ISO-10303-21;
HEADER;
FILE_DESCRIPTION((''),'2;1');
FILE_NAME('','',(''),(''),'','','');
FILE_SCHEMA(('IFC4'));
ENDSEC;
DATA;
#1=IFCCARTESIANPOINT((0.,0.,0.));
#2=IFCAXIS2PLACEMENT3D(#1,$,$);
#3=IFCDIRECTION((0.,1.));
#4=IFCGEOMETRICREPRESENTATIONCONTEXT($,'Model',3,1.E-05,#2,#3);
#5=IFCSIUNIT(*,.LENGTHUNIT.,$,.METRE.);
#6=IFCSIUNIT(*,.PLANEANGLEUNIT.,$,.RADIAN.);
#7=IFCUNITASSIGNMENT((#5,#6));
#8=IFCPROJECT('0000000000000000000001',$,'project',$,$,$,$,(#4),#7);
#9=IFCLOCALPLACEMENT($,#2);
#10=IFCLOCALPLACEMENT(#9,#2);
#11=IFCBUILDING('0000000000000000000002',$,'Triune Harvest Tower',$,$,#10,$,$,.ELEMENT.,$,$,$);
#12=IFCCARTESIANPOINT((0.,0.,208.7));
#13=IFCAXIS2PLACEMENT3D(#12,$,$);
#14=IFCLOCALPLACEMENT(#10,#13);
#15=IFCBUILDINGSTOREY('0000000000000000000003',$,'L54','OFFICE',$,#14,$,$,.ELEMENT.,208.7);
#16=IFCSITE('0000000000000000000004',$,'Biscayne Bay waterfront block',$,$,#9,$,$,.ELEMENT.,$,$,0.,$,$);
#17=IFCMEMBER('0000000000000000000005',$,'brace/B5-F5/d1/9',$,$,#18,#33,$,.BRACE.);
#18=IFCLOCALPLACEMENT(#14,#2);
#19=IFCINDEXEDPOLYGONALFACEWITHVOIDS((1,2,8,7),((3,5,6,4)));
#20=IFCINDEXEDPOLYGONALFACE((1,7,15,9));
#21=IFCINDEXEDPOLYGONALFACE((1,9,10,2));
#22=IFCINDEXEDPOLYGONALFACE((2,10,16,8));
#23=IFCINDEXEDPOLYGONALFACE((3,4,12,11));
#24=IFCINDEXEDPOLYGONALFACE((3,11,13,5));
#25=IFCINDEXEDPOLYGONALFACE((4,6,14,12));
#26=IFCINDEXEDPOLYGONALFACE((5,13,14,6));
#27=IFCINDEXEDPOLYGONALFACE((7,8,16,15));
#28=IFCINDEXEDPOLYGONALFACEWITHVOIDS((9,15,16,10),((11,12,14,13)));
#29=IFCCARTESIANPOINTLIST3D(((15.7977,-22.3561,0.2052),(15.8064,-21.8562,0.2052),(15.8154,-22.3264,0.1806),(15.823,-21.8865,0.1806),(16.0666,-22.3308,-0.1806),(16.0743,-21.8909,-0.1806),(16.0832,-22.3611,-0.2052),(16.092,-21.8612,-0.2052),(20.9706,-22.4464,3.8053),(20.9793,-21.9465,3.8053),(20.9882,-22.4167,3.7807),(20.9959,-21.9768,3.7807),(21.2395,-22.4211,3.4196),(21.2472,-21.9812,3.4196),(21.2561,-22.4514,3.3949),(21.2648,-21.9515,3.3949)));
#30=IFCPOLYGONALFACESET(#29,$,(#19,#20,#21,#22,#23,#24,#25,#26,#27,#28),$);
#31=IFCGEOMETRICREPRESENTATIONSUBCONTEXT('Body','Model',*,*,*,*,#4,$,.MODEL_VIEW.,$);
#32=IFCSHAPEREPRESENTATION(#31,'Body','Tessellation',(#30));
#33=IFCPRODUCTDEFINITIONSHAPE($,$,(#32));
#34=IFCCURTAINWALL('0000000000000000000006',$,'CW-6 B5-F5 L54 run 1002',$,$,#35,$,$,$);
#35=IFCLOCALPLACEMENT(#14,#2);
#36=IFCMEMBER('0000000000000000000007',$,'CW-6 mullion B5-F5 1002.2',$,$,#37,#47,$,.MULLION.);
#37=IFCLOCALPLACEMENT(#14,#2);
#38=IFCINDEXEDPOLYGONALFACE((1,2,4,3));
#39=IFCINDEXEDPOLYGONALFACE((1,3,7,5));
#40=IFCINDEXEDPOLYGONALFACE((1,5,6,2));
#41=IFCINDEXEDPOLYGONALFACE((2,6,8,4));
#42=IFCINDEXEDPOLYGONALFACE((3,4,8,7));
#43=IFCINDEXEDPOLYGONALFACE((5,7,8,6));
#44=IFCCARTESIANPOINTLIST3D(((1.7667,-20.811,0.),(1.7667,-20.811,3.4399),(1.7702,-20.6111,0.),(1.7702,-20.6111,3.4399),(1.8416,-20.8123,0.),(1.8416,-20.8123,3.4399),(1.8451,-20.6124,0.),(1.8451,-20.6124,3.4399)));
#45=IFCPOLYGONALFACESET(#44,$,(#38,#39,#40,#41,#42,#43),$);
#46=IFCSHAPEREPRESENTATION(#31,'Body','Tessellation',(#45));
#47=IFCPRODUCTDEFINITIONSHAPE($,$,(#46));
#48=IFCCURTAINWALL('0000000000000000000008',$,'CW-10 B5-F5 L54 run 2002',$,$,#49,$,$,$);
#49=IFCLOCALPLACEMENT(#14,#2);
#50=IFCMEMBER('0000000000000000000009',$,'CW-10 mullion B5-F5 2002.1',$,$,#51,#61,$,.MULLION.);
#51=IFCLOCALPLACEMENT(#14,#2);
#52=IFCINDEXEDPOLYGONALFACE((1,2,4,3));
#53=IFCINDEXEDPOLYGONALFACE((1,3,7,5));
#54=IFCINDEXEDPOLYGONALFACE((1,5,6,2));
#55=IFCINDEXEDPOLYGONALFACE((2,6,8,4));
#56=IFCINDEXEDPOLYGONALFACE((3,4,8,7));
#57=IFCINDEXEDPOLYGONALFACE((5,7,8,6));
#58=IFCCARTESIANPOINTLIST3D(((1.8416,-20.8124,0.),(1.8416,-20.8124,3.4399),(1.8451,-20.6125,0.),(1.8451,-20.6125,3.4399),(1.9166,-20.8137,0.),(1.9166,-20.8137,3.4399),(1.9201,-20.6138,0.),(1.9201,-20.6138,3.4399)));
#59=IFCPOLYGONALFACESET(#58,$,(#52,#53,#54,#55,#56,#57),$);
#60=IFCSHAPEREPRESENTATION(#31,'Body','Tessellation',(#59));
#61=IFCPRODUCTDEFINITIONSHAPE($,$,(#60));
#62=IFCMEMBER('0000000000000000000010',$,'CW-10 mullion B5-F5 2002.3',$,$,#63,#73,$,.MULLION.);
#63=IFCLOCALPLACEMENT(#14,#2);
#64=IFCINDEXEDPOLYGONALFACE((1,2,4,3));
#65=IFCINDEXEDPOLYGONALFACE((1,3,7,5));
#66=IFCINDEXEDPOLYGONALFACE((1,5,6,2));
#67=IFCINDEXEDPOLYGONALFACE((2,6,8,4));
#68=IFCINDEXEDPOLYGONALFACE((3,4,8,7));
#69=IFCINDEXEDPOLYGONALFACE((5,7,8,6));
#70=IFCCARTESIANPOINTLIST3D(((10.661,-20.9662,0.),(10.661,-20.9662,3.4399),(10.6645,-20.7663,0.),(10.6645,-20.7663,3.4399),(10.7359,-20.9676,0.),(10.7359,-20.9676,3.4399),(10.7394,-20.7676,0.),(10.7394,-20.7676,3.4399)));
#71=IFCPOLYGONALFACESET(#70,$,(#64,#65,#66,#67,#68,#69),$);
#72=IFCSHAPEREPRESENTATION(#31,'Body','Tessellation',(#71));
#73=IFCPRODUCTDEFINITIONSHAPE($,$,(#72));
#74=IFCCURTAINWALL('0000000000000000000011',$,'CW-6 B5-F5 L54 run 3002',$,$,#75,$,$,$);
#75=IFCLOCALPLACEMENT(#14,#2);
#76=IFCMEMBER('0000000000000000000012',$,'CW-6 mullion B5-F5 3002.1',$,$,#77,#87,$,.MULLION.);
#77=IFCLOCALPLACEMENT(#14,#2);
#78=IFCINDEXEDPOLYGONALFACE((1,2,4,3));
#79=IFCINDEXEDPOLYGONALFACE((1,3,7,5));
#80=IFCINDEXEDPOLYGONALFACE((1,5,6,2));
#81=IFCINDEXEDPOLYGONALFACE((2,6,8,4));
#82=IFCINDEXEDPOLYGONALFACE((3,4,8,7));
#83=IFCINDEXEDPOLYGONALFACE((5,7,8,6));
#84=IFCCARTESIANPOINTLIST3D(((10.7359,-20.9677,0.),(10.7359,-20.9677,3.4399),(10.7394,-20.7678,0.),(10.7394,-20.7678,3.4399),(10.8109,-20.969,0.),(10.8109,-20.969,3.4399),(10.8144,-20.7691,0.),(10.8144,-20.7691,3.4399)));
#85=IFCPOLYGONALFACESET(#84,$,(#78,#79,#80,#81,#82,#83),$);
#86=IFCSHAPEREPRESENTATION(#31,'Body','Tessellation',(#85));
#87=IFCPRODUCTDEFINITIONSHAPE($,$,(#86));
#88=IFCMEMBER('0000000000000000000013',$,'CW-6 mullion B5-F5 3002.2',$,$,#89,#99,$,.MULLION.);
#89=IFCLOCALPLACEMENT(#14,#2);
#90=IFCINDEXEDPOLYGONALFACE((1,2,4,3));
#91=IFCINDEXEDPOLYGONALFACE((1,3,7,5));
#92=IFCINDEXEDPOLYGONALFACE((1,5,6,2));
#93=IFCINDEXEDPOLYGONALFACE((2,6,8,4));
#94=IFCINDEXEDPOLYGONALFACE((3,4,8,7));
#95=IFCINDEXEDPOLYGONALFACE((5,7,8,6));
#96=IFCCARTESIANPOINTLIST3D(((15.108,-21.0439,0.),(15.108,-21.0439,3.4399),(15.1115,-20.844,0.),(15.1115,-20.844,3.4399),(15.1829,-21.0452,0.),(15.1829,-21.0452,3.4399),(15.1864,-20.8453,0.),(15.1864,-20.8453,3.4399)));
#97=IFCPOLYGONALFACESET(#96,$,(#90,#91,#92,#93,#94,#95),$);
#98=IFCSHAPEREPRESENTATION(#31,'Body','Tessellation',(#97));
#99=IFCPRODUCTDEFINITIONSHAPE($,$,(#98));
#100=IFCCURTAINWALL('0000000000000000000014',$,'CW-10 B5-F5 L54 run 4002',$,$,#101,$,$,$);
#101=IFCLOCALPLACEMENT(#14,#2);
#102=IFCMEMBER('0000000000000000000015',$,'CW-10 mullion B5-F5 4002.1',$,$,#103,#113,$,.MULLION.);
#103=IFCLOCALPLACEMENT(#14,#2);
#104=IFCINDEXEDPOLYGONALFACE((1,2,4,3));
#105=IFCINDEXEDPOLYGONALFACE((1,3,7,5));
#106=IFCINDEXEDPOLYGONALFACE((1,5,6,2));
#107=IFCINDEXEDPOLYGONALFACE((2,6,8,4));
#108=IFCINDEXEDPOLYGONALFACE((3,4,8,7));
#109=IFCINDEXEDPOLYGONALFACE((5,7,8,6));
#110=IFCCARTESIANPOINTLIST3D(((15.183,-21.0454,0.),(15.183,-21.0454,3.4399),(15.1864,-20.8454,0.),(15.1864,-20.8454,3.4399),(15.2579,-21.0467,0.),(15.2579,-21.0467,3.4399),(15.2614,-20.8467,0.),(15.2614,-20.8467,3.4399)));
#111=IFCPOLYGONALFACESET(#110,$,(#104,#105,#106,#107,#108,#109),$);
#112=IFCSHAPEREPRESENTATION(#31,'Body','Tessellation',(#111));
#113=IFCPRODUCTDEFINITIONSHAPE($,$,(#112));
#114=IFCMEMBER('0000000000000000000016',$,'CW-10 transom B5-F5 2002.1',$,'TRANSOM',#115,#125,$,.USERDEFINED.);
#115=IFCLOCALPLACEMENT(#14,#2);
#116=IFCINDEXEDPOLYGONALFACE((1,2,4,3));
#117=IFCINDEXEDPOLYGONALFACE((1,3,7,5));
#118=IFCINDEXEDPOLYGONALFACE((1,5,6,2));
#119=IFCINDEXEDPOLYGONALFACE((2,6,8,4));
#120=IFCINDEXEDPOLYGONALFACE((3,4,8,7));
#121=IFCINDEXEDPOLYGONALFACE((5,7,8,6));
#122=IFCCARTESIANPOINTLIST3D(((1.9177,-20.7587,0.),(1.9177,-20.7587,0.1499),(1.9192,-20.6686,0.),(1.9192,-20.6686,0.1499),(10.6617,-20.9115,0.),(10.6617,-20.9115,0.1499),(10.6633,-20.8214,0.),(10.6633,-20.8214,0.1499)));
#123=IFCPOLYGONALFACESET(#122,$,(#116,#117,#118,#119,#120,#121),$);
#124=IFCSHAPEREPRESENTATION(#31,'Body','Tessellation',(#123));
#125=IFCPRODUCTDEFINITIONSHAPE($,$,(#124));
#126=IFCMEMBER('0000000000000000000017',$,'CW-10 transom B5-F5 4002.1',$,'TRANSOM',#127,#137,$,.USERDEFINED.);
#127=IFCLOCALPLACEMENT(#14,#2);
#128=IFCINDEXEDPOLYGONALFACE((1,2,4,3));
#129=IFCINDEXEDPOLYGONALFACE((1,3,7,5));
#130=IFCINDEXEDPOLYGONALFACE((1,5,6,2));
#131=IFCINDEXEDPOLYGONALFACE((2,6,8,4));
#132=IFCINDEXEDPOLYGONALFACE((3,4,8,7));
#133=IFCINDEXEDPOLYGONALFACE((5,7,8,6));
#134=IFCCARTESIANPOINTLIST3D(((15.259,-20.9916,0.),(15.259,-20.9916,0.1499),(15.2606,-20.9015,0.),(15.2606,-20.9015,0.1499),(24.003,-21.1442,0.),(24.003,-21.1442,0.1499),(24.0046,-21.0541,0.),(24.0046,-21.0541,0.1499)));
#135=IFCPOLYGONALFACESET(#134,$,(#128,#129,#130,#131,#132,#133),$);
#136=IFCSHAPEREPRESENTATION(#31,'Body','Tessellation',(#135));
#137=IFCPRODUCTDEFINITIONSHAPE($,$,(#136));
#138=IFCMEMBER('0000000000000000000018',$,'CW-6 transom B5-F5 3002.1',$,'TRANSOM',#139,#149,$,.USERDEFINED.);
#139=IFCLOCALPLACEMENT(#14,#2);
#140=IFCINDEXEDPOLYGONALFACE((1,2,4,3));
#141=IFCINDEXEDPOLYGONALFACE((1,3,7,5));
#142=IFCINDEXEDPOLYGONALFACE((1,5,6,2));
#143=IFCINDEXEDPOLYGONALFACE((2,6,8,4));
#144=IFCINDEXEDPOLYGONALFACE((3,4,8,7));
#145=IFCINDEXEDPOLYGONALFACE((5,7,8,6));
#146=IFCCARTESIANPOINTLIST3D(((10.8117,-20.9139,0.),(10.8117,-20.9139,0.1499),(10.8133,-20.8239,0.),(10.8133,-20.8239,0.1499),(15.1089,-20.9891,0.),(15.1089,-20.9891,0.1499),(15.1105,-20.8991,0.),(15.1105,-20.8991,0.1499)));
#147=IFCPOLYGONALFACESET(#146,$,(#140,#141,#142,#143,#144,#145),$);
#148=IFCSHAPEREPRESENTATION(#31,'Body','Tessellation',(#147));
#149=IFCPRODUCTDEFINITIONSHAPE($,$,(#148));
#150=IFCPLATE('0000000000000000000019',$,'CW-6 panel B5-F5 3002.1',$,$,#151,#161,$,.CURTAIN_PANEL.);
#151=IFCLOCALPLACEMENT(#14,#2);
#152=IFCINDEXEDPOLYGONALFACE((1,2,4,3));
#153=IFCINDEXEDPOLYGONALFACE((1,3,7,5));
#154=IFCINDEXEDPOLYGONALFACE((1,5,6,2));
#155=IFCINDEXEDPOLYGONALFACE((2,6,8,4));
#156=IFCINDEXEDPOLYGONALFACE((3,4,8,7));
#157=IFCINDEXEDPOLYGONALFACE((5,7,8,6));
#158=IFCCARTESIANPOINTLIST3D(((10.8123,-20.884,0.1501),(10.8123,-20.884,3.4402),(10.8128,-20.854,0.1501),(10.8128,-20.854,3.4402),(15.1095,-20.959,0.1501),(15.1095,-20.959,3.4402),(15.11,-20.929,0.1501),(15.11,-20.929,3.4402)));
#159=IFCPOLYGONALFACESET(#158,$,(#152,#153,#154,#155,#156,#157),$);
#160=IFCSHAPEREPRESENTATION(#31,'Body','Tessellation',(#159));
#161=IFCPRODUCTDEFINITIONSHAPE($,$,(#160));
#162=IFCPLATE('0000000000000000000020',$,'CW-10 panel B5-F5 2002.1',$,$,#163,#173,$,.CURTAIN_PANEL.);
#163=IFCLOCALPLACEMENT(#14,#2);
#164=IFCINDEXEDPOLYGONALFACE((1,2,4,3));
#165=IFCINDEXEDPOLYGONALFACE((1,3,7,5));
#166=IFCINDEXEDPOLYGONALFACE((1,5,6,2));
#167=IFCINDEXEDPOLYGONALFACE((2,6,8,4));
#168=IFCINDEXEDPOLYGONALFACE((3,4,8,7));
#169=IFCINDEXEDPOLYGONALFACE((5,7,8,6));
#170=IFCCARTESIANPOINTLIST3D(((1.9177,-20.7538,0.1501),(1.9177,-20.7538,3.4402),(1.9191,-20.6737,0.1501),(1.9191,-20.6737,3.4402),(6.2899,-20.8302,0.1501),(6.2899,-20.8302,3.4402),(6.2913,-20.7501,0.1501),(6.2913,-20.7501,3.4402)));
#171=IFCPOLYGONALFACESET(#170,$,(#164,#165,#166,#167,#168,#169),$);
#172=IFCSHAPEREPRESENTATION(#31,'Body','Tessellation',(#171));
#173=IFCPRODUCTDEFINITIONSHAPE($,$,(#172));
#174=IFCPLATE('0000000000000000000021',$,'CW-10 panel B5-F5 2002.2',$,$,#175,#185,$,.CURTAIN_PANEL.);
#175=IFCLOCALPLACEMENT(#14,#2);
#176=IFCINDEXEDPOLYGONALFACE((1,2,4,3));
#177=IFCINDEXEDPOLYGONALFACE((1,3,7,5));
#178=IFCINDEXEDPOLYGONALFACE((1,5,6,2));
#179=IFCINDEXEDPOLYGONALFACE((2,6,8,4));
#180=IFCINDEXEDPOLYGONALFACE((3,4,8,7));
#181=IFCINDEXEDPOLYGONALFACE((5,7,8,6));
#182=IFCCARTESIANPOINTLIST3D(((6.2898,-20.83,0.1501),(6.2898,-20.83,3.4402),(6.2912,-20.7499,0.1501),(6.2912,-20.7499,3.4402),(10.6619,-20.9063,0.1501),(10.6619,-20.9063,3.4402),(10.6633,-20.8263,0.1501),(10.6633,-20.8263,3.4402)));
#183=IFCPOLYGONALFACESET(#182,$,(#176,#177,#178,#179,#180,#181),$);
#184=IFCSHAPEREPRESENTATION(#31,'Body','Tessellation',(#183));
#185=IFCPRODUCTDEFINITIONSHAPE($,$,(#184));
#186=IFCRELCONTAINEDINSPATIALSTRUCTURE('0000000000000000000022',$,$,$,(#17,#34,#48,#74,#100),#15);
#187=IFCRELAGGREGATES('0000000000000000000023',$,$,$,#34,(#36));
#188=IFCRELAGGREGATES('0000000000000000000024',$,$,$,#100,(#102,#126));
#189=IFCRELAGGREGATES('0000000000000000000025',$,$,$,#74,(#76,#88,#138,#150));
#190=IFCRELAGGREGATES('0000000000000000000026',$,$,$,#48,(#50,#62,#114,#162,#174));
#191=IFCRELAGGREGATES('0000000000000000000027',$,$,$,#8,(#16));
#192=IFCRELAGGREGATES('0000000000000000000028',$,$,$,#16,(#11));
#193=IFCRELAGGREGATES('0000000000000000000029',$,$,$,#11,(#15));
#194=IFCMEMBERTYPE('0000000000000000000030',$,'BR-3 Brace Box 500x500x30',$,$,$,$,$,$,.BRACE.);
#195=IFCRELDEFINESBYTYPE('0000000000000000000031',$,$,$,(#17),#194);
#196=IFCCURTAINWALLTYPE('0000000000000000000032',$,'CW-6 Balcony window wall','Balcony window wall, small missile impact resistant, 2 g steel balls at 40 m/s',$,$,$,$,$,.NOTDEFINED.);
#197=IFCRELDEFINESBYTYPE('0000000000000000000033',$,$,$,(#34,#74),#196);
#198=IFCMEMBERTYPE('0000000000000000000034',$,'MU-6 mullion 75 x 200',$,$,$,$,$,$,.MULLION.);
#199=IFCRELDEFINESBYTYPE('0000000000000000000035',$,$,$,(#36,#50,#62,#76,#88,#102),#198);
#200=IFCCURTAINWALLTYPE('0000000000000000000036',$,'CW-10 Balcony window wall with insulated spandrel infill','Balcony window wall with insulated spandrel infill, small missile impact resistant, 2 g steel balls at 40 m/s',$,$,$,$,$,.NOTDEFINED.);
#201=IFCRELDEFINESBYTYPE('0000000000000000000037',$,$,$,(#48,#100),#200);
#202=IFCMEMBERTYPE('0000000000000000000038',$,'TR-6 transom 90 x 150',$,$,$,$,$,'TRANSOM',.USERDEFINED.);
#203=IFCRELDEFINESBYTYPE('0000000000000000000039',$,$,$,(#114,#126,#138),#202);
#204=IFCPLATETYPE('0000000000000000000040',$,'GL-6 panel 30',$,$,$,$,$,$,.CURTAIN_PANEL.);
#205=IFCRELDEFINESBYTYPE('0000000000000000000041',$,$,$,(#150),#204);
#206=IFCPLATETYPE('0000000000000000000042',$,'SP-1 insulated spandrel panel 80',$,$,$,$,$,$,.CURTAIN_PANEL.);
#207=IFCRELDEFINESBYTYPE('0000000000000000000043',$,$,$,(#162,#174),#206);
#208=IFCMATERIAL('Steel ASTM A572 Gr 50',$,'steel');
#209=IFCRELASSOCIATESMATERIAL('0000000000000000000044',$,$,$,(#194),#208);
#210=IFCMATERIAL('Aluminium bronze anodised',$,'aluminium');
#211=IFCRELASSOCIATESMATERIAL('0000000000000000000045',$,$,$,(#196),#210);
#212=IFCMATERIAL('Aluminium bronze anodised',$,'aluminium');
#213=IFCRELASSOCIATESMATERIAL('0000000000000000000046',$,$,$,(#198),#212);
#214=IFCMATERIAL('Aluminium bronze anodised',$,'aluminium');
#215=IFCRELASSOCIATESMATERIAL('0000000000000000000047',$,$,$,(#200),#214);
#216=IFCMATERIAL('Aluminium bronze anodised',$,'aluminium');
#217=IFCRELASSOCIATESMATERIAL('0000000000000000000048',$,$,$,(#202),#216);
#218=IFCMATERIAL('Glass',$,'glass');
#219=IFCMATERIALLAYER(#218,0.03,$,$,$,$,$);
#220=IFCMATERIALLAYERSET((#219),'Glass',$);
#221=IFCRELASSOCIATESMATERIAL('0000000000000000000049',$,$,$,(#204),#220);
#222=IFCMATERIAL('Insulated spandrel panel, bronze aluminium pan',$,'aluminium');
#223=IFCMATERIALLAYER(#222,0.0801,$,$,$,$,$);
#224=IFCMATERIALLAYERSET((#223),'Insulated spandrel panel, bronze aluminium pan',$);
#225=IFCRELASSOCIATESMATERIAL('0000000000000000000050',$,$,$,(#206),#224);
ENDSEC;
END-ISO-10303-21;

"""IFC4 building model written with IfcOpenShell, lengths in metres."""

from ifc_helpers import new_model, si_unit, direction, frame, origin, origin_2d, place, context, subcontext, project, spatial, rectangle, hollow_rectangle, extrude, source, transform, mapped, material, layer, layer_set, material_profile, profile_set, type_object, element, aggregate, save


model = new_model("IFC4")

# Units and contexts
model_context = context("Model", 3, precision=1e-05, world=origin(), true_north=direction((0.0, 1.0)))
body_context = subcontext(model_context, "Body", "Model", "MODEL_VIEW")
ifc_project = project(units=[si_unit("LENGTHUNIT", "METRE"), si_unit("PLANEANGLEUNIT", "RADIAN")], contexts=[model_context])

# Site, building, storey
site_placement = place(None, origin())
site = spatial("IfcSite", under=ifc_project, at=site_placement, Name="Biscayne Bay waterfront block", CompositionType="ELEMENT", RefElevation=0.0)
building_placement = place(site_placement, origin())
building = spatial("IfcBuilding", under=site, at=building_placement, Name="Triune Harvest Tower", CompositionType="ELEMENT")
storey_placement = place(building_placement, frame((0.0, 0.0, 208.7)))
storey = spatial("IfcBuildingStorey", under=building, at=storey_placement, Name="L54", Description="OFFICE", CompositionType="ELEMENT", Elevation=208.7)

# Member
ifc_material_1 = material(Name="Steel ASTM A572 Gr 50", Category="steel")
ifc_material_profile_1 = material_profile(ifc_material_1, hollow_rectangle(XDim=0.5, YDim=0.5, WallThickness=0.03, at=origin_2d()), Name="Box 500x500x30")
ifc_profile_set_1 = profile_set([ifc_material_profile_1], Name="Steel ASTM A572 Gr 50")
member_type_1 = type_object("IfcMemberType", Name="BR-3 Brace Box 500x500x30", PredefinedType="BRACE", material=ifc_profile_set_1)
shared_shape_1 = source(origin(), body_context, "Body", "SweptSolid", [
    extrude(hollow_rectangle(XDim=0.5, YDim=0.5, WallThickness=0.03, at=origin_2d()), origin(), (0.0, 0.0, 1.0), 6.303),
])
member_1_placement = place(storey_placement, frame((15.9448, -22.1086, 0.0), z_axis=(0.820702, -0.014332, 0.571176), x_axis=(0.01746, 0.999848, 0.0)))
element("IfcMember", 1, at=member_1_placement, inside=storey, type_object=member_type_1, Name="brace/B5-F5/d1/9", PredefinedType="BRACE", context=body_context, shape_type="MappedRepresentation", body=[
    mapped(shared_shape_1, transform((0.0, 0.0, 0.0), scale=1.0)),
])

# Curtain wall, member
ifc_material_2 = material(Name="Aluminium bronze anodised", Category="aluminium")
curtain_wall_type_1 = type_object("IfcCurtainWallType", Name="CW-6 Balcony window wall", Description="Balcony window wall, small missile impact resistant, 2 g steel balls at 40 m/s", PredefinedType="NOTDEFINED", material=ifc_material_2)
curtain_wall_1_placement = place(storey_placement, origin())
curtain_wall_1 = element("IfcCurtainWall", 2, at=curtain_wall_1_placement, inside=storey, type_object=curtain_wall_type_1, Name="CW-6 B5-F5 L54 run 1002")
ifc_material_3 = material(Name="Aluminium bronze anodised", Category="aluminium")
ifc_material_profile_2 = material_profile(ifc_material_3, rectangle(XDim=0.2, YDim=0.075, at=origin_2d()), Name="MU-6 mullion 75 x 200")
ifc_profile_set_2 = profile_set([ifc_material_profile_2], Name="Aluminium bronze anodised")
member_type_2 = type_object("IfcMemberType", Name="MU-6 mullion 75 x 200", PredefinedType="MULLION", material=ifc_profile_set_2)
shared_shape_2 = source(origin(), body_context, "Body", "SweptSolid", [
    extrude(rectangle(XDim=0.2, YDim=0.075, at=origin_2d()), origin(), (0.0, 0.0, 1.0), 3.4399),
])
member_2_placement = place(storey_placement, frame((1.8059, -20.7117, 0.0), z_axis=(0.0, 0.0, 1.0), x_axis=(0.017447, 0.999848, 0.0)))
member_2 = element("IfcMember", 3, at=member_2_placement, type_object=member_type_2, Name="CW-6 mullion B5-F5 1002.2", PredefinedType="MULLION", context=body_context, shape_type="MappedRepresentation", body=[
    mapped(shared_shape_2, transform((0.0, 0.0, 0.0), scale=1.0)),
])
aggregate(curtain_wall_1, [member_2])

# Curtain walls, members
ifc_material_4 = material(Name="Aluminium bronze anodised", Category="aluminium")
curtain_wall_type_2 = type_object("IfcCurtainWallType", Name="CW-10 Balcony window wall with insulated spandrel infill", Description="Balcony window wall with insulated spandrel infill, small missile impact resistant, 2 g steel balls at 40 m/s", PredefinedType="NOTDEFINED", material=ifc_material_4)
curtain_wall_2_placement = place(storey_placement, origin())
curtain_wall_2 = element("IfcCurtainWall", 4, at=curtain_wall_2_placement, inside=storey, type_object=curtain_wall_type_2, Name="CW-10 B5-F5 L54 run 2002")
member_3_placement = place(storey_placement, frame((1.8809, -20.7131, 0.0), z_axis=(0.0, 0.0, 1.0), x_axis=(0.017458, 0.999848, 0.0)))
member_3 = element("IfcMember", 5, at=member_3_placement, type_object=member_type_2, Name="CW-10 mullion B5-F5 2002.1", PredefinedType="MULLION", context=body_context, shape_type="MappedRepresentation", body=[
    mapped(shared_shape_2, transform((0.0, 0.0, 0.0), scale=1.0)),
])
member_4_placement = place(storey_placement, frame((10.7002, -20.8669, 0.0), z_axis=(0.0, 0.0, 1.0), x_axis=(0.017458, 0.999848, 0.0)))
member_4 = element("IfcMember", 6, at=member_4_placement, type_object=member_type_2, Name="CW-10 mullion B5-F5 2002.3", PredefinedType="MULLION", context=body_context, shape_type="MappedRepresentation", body=[
    mapped(shared_shape_2, transform((0.0, 0.0, 0.0), scale=1.0)),
])
curtain_wall_3_placement = place(storey_placement, origin())
curtain_wall_3 = element("IfcCurtainWall", 7, at=curtain_wall_3_placement, inside=storey, type_object=curtain_wall_type_1, Name="CW-6 B5-F5 L54 run 3002")
member_5_placement = place(storey_placement, frame((10.7751, -20.8684, 0.0), z_axis=(0.0, 0.0, 1.0), x_axis=(0.017447, 0.999848, 0.0)))
member_5 = element("IfcMember", 8, at=member_5_placement, type_object=member_type_2, Name="CW-6 mullion B5-F5 3002.1", PredefinedType="MULLION", context=body_context, shape_type="MappedRepresentation", body=[
    mapped(shared_shape_2, transform((0.0, 0.0, 0.0), scale=1.0)),
])
member_6_placement = place(storey_placement, frame((15.1472, -20.9446, 0.0), z_axis=(0.0, 0.0, 1.0), x_axis=(0.017447, 0.999848, 0.0)))
member_6 = element("IfcMember", 9, at=member_6_placement, type_object=member_type_2, Name="CW-6 mullion B5-F5 3002.2", PredefinedType="MULLION", context=body_context, shape_type="MappedRepresentation", body=[
    mapped(shared_shape_2, transform((0.0, 0.0, 0.0), scale=1.0)),
])

# Curtain wall, member
curtain_wall_4_placement = place(storey_placement, origin())
curtain_wall_4 = element("IfcCurtainWall", 10, at=curtain_wall_4_placement, inside=storey, type_object=curtain_wall_type_2, Name="CW-10 B5-F5 L54 run 4002")
member_7_placement = place(storey_placement, frame((15.2222, -20.946, 0.0), z_axis=(0.0, 0.0, 1.0), x_axis=(0.01745, 0.999848, 0.0)))
member_7 = element("IfcMember", 11, at=member_7_placement, type_object=member_type_2, Name="CW-10 mullion B5-F5 4002.1", PredefinedType="MULLION", context=body_context, shape_type="MappedRepresentation", body=[
    mapped(shared_shape_2, transform((0.0, 0.0, 0.0), scale=1.0)),
])

# Members
ifc_material_5 = material(Name="Aluminium bronze anodised", Category="aluminium")
ifc_material_profile_3 = material_profile(ifc_material_5, rectangle(XDim=0.0901, YDim=0.1499, at=origin_2d()), Name="TR-6 transom 90 x 150")
ifc_profile_set_3 = profile_set([ifc_material_profile_3], Name="Aluminium bronze anodised")
member_type_3 = type_object("IfcMemberType", Name="TR-6 transom 90 x 150", ElementType="TRANSOM", PredefinedType="USERDEFINED", material=ifc_profile_set_3)
shared_shape_3 = source(origin(), body_context, "Body", "SweptSolid", [
    extrude(rectangle(XDim=0.0901, YDim=0.1499, at=origin_2d()), origin(), (0.0, 0.0, 1.0), 8.7454),
])
member_8_placement = place(storey_placement, frame((1.9185, -20.7136, 0.075), z_axis=(0.999847, -0.017476, 0.0), x_axis=(0.017476, 0.999847, 0.0)))
member_8 = element("IfcMember", 12, at=member_8_placement, type_object=member_type_3, Name="CW-10 transom B5-F5 2002.1", ObjectType="TRANSOM", PredefinedType="USERDEFINED", context=body_context, shape_type="MappedRepresentation", body=[
    mapped(shared_shape_3, transform((0.0, 0.0, 0.0), scale=1.0)),
])
member_9_placement = place(storey_placement, frame((15.2598, -20.9465, 0.075), z_axis=(0.999848, -0.017448, 0.0), x_axis=(0.017448, 0.999848, 0.0)))
member_9 = element("IfcMember", 13, at=member_9_placement, type_object=member_type_3, Name="CW-10 transom B5-F5 4002.1", ObjectType="TRANSOM", PredefinedType="USERDEFINED", context=body_context, shape_type="MappedRepresentation", body=[
    mapped(shared_shape_3, transform((0.0, 0.0, 0.0), scale=1.0)),
])
aggregate(curtain_wall_4, [member_7, member_9])
shared_shape_4 = source(origin(), body_context, "Body", "SweptSolid", [
    extrude(rectangle(XDim=0.0901, YDim=0.1499, at=origin_2d()), origin(), (0.0, 0.0, 1.0), 4.2979),
])
member_10_placement = place(storey_placement, frame((10.8125, -20.8689, 0.075), z_axis=(0.999847, -0.017496, 0.0), x_axis=(0.017496, 0.999847, 0.0)))
member_10 = element("IfcMember", 14, at=member_10_placement, type_object=member_type_3, Name="CW-6 transom B5-F5 3002.1", ObjectType="TRANSOM", PredefinedType="USERDEFINED", context=body_context, shape_type="MappedRepresentation", body=[
    mapped(shared_shape_4, transform((0.0, 0.0, 0.0), scale=1.0)),
])

# Plates
ifc_material_6 = material(Name="Glass", Category="glass")
ifc_layer_1 = layer(ifc_material_6, 0.03)
ifc_layer_set_1 = layer_set([ifc_layer_1], Name="Glass")
plate_type_1 = type_object("IfcPlateType", Name="GL-6 panel 30", PredefinedType="CURTAIN_PANEL", material=ifc_layer_set_1)
shared_shape_5 = source(origin(), body_context, "Body", "SweptSolid", [
    extrude(rectangle(XDim=4.2979, YDim=0.03, at=origin_2d()), origin(), (0.0, 0.0, 1.0), 3.29),
])
plate_1_placement = place(storey_placement, frame((12.9612, -20.9065, 0.1501), z_axis=(0.0, 0.0, 1.0), x_axis=(0.999848, -0.017447, 0.0)))
plate_1 = element("IfcPlate", 15, at=plate_1_placement, type_object=plate_type_1, Name="CW-6 panel B5-F5 3002.1", PredefinedType="CURTAIN_PANEL", context=body_context, shape_type="MappedRepresentation", body=[
    mapped(shared_shape_5, transform((0.0, 0.0, 0.0), scale=1.0)),
])
aggregate(curtain_wall_3, [member_5, member_6, member_10, plate_1])
ifc_material_7 = material(Name="Insulated spandrel panel, bronze aluminium pan", Category="aluminium")
ifc_layer_2 = layer(ifc_material_7, 0.0801)
ifc_layer_set_2 = layer_set([ifc_layer_2], Name="Insulated spandrel panel, bronze aluminium pan")
plate_type_2 = type_object("IfcPlateType", Name="SP-1 insulated spandrel panel 80", PredefinedType="CURTAIN_PANEL", material=ifc_layer_set_2)
shared_shape_6 = source(origin(), body_context, "Body", "SweptSolid", [
    extrude(rectangle(XDim=4.3728, YDim=0.0801, at=origin_2d()), origin(), (0.0, 0.0, 1.0), 3.29),
])
plate_2_placement = place(storey_placement, frame((4.1045, -20.752, 0.1501), z_axis=(0.0, 0.0, 1.0), x_axis=(0.999848, -0.017458, 0.0)))
plate_2 = element("IfcPlate", 16, at=plate_2_placement, type_object=plate_type_2, Name="CW-10 panel B5-F5 2002.1", PredefinedType="CURTAIN_PANEL", context=body_context, shape_type="MappedRepresentation", body=[
    mapped(shared_shape_6, transform((0.0, 0.0, 0.0), scale=1.0)),
])
plate_3_placement = place(storey_placement, frame((8.4766, -20.8281, 0.1501), z_axis=(0.0, 0.0, 1.0), x_axis=(0.999848, -0.017458, 0.0)))
plate_3 = element("IfcPlate", 17, at=plate_3_placement, type_object=plate_type_2, Name="CW-10 panel B5-F5 2002.2", PredefinedType="CURTAIN_PANEL", context=body_context, shape_type="MappedRepresentation", body=[
    mapped(shared_shape_6, transform((0.0, 0.0, 0.0), scale=1.0)),
])
aggregate(curtain_wall_2, [member_3, member_4, member_8, plate_2, plate_3])

save(model, "model.ifc")
